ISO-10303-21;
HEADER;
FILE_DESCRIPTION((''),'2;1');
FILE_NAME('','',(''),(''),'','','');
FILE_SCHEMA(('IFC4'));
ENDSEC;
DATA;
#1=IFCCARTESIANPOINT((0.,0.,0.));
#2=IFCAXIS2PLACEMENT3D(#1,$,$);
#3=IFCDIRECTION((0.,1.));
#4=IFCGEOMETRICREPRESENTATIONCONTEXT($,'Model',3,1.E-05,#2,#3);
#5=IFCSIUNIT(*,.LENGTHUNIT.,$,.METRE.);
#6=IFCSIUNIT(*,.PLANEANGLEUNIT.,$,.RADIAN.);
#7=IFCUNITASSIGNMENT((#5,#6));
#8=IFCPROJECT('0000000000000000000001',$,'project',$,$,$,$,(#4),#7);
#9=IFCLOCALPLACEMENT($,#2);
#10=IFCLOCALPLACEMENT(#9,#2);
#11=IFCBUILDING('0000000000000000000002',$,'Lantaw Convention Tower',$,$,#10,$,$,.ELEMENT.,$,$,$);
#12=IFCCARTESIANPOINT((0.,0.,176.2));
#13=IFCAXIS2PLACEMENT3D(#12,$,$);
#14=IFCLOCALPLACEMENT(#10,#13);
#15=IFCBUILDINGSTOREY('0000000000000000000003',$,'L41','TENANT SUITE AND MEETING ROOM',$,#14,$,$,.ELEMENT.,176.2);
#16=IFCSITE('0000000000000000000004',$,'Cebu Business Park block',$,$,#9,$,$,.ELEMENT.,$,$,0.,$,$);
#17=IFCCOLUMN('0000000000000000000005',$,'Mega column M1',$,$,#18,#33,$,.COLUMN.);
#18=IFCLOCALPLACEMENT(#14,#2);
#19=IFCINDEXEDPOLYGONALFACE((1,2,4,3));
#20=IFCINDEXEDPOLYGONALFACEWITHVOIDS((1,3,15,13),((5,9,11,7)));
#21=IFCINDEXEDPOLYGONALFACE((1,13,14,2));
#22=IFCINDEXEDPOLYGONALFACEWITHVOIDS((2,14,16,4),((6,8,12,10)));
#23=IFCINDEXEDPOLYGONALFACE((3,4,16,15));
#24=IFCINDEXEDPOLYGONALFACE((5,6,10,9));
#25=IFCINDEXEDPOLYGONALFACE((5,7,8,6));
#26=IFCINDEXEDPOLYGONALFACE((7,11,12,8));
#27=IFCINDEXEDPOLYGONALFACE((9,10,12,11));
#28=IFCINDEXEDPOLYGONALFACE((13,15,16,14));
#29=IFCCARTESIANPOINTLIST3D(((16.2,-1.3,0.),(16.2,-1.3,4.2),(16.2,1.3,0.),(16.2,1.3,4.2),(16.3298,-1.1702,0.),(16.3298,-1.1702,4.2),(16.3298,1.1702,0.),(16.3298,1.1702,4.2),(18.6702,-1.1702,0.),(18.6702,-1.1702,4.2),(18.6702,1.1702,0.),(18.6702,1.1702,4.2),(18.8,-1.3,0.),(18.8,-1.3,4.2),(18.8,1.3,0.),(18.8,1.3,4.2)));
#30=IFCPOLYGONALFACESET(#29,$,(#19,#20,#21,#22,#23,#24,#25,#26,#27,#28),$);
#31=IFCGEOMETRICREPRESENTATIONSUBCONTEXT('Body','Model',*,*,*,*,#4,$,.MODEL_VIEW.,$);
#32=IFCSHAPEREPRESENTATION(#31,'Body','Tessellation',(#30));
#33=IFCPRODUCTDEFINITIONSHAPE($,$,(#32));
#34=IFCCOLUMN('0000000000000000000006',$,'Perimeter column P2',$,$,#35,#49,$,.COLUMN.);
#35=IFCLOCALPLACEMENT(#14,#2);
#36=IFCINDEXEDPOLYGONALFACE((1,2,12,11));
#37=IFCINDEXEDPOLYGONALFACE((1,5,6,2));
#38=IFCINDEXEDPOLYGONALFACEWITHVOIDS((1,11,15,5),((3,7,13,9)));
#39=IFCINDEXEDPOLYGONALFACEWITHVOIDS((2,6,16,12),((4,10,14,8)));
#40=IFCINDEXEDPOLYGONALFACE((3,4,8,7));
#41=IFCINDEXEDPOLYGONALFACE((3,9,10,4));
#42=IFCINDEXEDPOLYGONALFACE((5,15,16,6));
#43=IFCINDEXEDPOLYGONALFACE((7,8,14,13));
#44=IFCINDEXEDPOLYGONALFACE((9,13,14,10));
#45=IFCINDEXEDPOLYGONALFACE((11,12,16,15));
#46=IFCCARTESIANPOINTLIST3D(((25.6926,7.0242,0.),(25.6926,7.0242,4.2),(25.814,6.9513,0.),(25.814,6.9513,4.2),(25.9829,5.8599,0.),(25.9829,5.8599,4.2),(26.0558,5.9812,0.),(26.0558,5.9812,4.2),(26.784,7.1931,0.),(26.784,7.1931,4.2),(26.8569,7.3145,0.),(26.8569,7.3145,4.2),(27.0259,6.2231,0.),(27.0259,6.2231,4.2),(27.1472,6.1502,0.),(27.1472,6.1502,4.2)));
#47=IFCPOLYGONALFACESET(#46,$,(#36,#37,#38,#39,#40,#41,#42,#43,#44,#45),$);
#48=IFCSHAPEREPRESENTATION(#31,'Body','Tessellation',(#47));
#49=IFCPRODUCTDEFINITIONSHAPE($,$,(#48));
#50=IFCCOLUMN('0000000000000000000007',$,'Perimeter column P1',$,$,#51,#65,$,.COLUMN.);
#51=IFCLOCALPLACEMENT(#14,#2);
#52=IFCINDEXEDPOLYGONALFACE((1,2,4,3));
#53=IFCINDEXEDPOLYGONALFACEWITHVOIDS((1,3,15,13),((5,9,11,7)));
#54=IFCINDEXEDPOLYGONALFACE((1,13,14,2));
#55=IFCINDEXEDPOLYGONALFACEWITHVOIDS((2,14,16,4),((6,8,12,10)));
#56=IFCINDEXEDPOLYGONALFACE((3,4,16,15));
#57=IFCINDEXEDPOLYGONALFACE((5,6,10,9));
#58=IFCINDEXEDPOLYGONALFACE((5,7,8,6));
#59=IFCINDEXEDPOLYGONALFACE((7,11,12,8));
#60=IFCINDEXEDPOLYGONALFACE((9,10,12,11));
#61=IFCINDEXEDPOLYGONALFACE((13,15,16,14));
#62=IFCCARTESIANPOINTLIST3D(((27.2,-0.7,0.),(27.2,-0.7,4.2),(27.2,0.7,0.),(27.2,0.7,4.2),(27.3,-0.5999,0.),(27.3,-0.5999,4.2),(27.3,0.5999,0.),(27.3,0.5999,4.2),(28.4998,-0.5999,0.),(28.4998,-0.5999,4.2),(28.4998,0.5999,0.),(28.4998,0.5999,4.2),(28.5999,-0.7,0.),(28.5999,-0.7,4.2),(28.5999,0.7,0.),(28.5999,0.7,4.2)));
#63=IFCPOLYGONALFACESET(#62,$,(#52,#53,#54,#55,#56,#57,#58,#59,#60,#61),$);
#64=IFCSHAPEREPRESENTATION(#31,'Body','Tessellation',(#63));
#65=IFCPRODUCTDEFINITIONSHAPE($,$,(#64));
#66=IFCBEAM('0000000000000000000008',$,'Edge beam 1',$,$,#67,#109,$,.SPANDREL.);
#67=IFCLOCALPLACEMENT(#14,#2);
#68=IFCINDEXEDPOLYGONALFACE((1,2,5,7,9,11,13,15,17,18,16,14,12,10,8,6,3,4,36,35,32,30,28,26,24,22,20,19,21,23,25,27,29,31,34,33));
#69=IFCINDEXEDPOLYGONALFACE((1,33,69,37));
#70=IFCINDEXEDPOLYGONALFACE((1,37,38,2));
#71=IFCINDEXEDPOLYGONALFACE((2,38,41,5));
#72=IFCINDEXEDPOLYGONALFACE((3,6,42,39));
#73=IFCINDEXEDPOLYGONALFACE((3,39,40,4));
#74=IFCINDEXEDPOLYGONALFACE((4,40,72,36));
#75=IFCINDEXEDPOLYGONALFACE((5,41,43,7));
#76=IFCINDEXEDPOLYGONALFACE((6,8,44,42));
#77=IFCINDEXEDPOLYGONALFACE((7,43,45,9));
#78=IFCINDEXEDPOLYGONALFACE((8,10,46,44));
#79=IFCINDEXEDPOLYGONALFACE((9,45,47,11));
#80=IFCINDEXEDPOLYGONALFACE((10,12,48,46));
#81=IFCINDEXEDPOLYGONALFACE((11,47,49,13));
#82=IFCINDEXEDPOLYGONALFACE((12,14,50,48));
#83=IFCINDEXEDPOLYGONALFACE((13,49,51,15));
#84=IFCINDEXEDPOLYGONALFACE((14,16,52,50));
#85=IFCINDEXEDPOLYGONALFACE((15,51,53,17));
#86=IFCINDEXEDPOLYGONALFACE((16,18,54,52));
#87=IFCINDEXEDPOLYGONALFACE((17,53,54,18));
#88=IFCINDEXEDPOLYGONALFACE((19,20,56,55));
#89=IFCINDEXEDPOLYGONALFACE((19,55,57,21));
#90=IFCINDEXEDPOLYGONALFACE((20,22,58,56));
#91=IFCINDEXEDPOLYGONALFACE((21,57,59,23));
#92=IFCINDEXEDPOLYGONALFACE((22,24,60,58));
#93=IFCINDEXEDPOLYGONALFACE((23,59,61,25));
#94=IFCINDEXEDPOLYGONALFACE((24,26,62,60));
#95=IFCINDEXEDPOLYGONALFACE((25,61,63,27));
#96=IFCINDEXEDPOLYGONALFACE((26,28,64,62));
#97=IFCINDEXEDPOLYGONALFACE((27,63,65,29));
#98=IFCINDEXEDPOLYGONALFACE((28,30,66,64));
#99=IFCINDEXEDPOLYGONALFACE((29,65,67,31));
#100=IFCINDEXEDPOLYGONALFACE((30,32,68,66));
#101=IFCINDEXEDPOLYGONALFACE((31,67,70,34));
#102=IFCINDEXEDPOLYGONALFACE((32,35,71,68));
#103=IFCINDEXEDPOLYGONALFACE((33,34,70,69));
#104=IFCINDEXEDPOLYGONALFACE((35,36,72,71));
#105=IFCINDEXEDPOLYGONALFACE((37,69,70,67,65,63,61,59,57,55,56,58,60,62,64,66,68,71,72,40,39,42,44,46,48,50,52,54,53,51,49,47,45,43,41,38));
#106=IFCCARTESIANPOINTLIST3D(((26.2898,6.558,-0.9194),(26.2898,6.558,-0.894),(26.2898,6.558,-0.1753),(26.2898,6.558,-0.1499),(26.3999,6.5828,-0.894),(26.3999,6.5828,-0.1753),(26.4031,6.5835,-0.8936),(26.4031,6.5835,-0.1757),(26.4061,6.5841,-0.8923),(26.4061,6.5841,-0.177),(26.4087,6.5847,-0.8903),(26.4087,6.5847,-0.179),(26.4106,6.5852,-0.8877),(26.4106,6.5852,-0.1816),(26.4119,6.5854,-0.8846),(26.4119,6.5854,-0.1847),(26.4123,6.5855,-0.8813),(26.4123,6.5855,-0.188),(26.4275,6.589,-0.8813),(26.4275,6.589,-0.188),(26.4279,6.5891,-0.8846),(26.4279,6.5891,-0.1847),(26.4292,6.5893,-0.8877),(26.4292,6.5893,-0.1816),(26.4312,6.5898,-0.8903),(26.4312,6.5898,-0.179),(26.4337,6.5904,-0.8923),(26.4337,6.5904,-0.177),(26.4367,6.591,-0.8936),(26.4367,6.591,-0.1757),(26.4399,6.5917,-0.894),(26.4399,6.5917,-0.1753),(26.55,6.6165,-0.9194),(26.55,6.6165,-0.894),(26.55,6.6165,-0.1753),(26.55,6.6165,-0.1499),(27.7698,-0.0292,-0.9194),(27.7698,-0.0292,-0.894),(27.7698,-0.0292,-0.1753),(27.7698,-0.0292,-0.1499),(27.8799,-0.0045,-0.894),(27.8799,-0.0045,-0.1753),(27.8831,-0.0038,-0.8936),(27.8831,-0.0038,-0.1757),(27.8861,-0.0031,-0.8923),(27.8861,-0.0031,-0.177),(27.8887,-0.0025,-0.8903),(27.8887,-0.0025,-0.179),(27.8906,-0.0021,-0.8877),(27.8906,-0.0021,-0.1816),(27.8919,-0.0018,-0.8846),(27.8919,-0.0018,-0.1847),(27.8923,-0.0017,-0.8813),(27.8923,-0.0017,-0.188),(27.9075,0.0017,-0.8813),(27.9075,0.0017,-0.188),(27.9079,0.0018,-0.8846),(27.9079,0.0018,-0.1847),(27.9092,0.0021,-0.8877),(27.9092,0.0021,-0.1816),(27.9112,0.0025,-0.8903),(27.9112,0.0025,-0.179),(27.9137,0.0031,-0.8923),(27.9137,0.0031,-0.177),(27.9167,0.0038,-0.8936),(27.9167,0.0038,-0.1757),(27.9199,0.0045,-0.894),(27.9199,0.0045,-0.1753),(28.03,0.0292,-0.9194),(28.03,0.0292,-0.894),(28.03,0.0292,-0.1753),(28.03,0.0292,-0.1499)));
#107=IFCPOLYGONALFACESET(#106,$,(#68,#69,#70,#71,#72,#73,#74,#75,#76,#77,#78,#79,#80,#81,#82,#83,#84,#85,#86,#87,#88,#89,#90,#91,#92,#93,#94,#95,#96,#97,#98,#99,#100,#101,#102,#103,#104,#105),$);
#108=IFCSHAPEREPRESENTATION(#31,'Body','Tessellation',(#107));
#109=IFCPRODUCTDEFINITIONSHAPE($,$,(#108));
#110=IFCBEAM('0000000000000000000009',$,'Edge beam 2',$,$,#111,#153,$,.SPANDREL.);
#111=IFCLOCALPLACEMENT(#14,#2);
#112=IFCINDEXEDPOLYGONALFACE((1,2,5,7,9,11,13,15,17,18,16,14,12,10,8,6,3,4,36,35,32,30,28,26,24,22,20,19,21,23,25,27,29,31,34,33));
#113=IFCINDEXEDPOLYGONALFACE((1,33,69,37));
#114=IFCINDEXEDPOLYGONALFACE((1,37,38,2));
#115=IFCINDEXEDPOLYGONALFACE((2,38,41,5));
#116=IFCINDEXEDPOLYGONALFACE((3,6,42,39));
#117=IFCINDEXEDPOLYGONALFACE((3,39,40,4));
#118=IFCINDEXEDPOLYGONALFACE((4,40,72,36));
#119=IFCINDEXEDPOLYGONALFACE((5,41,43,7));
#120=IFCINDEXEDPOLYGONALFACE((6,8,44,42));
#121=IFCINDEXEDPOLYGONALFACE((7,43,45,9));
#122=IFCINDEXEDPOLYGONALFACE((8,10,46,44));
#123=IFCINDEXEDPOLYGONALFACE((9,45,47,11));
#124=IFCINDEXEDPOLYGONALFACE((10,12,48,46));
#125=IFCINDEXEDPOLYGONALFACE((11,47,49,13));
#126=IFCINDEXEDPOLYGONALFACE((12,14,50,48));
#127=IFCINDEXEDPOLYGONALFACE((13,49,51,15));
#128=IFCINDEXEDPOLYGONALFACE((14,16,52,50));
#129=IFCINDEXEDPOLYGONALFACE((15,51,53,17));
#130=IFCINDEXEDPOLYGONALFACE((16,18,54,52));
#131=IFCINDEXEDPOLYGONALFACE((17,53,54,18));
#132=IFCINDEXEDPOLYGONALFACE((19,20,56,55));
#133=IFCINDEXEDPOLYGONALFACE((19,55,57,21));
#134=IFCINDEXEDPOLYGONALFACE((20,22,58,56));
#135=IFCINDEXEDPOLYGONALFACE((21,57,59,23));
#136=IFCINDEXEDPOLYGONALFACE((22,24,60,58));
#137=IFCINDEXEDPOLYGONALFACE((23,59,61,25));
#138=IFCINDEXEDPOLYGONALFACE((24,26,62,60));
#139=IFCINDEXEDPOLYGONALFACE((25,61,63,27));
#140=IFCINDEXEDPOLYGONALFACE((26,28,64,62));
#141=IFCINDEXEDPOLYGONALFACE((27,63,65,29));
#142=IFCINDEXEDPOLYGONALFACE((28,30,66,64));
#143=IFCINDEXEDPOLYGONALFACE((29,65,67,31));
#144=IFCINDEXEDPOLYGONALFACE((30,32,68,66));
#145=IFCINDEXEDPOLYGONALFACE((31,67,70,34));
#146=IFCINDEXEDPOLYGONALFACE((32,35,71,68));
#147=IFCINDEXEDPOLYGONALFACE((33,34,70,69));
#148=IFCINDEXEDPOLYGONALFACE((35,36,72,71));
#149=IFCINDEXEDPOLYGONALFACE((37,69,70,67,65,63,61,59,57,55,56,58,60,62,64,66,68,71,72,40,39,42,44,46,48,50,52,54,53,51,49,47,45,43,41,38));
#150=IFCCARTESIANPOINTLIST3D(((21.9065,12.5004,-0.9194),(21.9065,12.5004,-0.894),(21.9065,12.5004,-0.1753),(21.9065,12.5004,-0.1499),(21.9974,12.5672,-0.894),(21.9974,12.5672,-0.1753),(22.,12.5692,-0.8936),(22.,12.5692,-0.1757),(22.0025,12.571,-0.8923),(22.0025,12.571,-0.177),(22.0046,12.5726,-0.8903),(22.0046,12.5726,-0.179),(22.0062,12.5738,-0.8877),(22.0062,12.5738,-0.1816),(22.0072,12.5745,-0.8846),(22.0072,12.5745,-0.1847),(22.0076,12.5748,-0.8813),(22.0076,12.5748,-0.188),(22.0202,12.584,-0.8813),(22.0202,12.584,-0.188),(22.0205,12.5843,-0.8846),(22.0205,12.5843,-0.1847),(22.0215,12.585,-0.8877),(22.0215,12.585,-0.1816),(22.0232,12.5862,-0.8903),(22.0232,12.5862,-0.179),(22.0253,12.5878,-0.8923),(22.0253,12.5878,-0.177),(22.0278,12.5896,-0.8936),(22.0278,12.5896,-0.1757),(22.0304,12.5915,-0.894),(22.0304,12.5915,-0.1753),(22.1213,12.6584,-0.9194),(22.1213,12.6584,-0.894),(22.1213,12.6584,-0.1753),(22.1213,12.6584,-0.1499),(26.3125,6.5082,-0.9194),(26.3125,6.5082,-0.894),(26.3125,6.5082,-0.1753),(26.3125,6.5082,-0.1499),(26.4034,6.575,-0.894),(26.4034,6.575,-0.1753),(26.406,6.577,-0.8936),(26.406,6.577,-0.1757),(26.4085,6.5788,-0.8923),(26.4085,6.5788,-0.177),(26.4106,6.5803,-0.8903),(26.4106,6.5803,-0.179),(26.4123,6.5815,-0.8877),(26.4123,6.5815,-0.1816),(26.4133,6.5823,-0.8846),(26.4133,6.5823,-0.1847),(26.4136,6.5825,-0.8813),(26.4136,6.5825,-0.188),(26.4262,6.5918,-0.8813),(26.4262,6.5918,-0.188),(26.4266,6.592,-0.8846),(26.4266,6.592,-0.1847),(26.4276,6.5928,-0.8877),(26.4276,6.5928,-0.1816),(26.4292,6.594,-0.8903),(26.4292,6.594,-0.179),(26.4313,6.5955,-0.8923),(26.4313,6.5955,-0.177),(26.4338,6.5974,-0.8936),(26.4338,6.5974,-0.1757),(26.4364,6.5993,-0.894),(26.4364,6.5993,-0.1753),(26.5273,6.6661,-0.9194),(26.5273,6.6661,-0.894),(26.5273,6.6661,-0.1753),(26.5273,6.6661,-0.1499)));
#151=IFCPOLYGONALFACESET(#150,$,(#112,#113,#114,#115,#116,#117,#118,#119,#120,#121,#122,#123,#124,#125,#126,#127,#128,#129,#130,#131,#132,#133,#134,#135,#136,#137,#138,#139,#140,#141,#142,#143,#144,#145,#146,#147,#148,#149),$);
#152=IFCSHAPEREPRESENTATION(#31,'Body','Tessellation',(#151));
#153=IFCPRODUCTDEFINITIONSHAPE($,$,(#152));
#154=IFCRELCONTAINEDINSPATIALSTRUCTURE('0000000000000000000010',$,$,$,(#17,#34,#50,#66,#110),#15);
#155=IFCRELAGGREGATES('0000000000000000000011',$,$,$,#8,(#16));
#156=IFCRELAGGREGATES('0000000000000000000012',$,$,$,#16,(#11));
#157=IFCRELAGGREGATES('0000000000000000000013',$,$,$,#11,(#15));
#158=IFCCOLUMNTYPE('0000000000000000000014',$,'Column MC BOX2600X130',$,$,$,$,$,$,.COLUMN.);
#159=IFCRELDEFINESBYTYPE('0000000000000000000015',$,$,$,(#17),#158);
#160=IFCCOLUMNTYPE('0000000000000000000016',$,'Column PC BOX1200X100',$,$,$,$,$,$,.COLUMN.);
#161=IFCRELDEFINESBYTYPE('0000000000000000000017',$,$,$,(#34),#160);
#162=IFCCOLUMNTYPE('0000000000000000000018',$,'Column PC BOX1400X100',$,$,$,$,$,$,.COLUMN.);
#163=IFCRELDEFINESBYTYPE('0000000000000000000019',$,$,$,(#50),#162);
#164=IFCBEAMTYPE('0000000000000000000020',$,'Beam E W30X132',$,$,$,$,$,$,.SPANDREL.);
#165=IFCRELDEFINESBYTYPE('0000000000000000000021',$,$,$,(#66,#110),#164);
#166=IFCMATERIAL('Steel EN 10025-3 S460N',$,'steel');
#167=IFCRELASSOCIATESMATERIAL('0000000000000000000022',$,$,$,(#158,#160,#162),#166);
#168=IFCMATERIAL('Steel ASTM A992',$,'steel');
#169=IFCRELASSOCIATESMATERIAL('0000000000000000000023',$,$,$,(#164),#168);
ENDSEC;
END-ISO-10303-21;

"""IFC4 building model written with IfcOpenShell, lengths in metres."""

from ifc_helpers import new_model, si_unit, direction, frame, origin, origin_2d, place, context, subcontext, project, spatial, rectangle, hollow_rectangle, i_section, extrude, material, material_profile, profile_set, type_object, element, save


model = new_model("IFC4")

# Units and contexts
model_context = context("Model", 3, precision=1e-05, world=origin(), true_north=direction((0.0, 1.0)))
body_context = subcontext(model_context, "Body", "Model", "MODEL_VIEW")
ifc_project = project(units=[si_unit("LENGTHUNIT", "METRE"), si_unit("PLANEANGLEUNIT", "RADIAN")], contexts=[model_context])

# Site, building, storey
site_placement = place(None, origin())
site = spatial("IfcSite", under=ifc_project, at=site_placement, Name="Cebu Business Park block", CompositionType="ELEMENT", RefElevation=0.0)
building_placement = place(site_placement, origin())
building = spatial("IfcBuilding", under=site, at=building_placement, Name="Lantaw Convention Tower", CompositionType="ELEMENT")
storey_placement = place(building_placement, frame((0.0, 0.0, 176.2)))
storey = spatial("IfcBuildingStorey", under=building, at=storey_placement, Name="L41", Description="TENANT SUITE AND MEETING ROOM", CompositionType="ELEMENT", Elevation=176.2)

# Columns
ifc_material_1 = material(Name="Steel EN 10025-3 S460N", Category="steel")
ifc_material_profile_1 = material_profile(ifc_material_1, hollow_rectangle(XDim=2.6001, YDim=2.6001, WallThickness=0.1299, at=origin_2d()), Name="BOX2600X130")
ifc_material_2 = material(Name="Concrete C60/75", Category="concrete")
ifc_material_profile_2 = material_profile(ifc_material_2, rectangle(XDim=2.3401, YDim=2.3401, at=origin_2d()), Name="Concrete fill of BOX2600X130")
ifc_profile_set_1 = profile_set([ifc_material_profile_1, ifc_material_profile_2], Name="Steel EN 10025-3 S460N")
column_type_1 = type_object("IfcColumnType", Name="Column MC BOX2600X130", PredefinedType="COLUMN", material=ifc_profile_set_1)
column_1_placement = place(storey_placement, frame((17.5, 0.0, 0.0), z_axis=(0.0, 0.0, 1.0), x_axis=(1.0, 0.0, 0.0)))
element("IfcColumn", 1, at=column_1_placement, inside=storey, type_object=column_type_1, Name="Mega column M1", PredefinedType="COLUMN", context=body_context, shape_type="SweptSolid", body=[
    extrude(hollow_rectangle(XDim=2.6001, YDim=2.6001, WallThickness=0.1299, at=origin_2d()), origin(), (0.0, 0.0, 1.0), 4.2),
])
ifc_material_profile_3 = material_profile(ifc_material_1, hollow_rectangle(XDim=1.2, YDim=1.2, WallThickness=0.1001, at=origin_2d()), Name="BOX1200X100")
ifc_material_profile_4 = material_profile(ifc_material_2, rectangle(XDim=1.0, YDim=1.0, at=origin_2d()), Name="Concrete fill of BOX1200X100")
ifc_profile_set_2 = profile_set([ifc_material_profile_3, ifc_material_profile_4], Name="Steel EN 10025-3 S460N")
column_type_2 = type_object("IfcColumnType", Name="Column PC BOX1200X100", PredefinedType="COLUMN", material=ifc_profile_set_2)
column_2_placement = place(storey_placement, frame((26.4199, 6.5872, 0.0), z_axis=(0.0, 0.0, 1.0), x_axis=(0.970296, 0.241922, 0.0)))
element("IfcColumn", 2, at=column_2_placement, inside=storey, type_object=column_type_2, Name="Perimeter column P2", PredefinedType="COLUMN", context=body_context, shape_type="SweptSolid", body=[
    extrude(hollow_rectangle(XDim=1.2, YDim=1.2, WallThickness=0.1001, at=origin_2d()), origin(), (0.0, 0.0, 1.0), 4.2),
])
ifc_material_profile_5 = material_profile(ifc_material_1, hollow_rectangle(XDim=1.3999, YDim=1.3999, WallThickness=0.1001, at=origin_2d()), Name="BOX1400X100")
ifc_material_profile_6 = material_profile(ifc_material_2, rectangle(XDim=1.2, YDim=1.2, at=origin_2d()), Name="Concrete fill of BOX1400X100")
ifc_profile_set_3 = profile_set([ifc_material_profile_5, ifc_material_profile_6], Name="Steel EN 10025-3 S460N")
column_type_3 = type_object("IfcColumnType", Name="Column PC BOX1400X100", PredefinedType="COLUMN", material=ifc_profile_set_3)
column_3_placement = place(storey_placement, frame((27.8999, 0.0, 0.0), z_axis=(0.0, 0.0, 1.0), x_axis=(1.0, 0.0, 0.0)))
element("IfcColumn", 3, at=column_3_placement, inside=storey, type_object=column_type_3, Name="Perimeter column P1", PredefinedType="COLUMN", context=body_context, shape_type="SweptSolid", body=[
    extrude(hollow_rectangle(XDim=1.3999, YDim=1.3999, WallThickness=0.1001, at=origin_2d()), origin(), (0.0, 0.0, 1.0), 4.2),
])

# Beams
ifc_material_3 = material(Name="Steel ASTM A992", Category="steel")
ifc_material_profile_7 = material_profile(ifc_material_3, i_section(OverallWidth=0.2666, OverallDepth=0.7695, WebThickness=0.0156, FlangeThickness=0.0254, FilletRadius=0.0127, at=origin_2d()), Name="W30X132")
ifc_profile_set_4 = profile_set([ifc_material_profile_7], Name="Steel ASTM A992")
beam_type_1 = type_object("IfcBeamType", Name="Beam E W30X132", PredefinedType="SPANDREL", material=ifc_profile_set_4)
beam_1_placement = place(storey_placement, frame((27.8999, 0.0, -0.5347), z_axis=(-0.219212, 0.975677, 0.0), x_axis=(-0.975677, -0.219212, 0.0)))
element("IfcBeam", 4, at=beam_1_placement, inside=storey, type_object=beam_type_1, Name="Edge beam 1", PredefinedType="SPANDREL", context=body_context, shape_type="SweptSolid", body=[
    extrude(i_section(OverallWidth=0.2666, OverallDepth=0.7695, WebThickness=0.0156, FlangeThickness=0.0254, FilletRadius=0.0127, at=origin_2d()), origin(), (0.0, 0.0, 1.0), 6.7515),
])
beam_2_placement = place(storey_placement, frame((26.4199, 6.5872, -0.5347), z_axis=(-0.592389, 0.805652, 0.0), x_axis=(-0.805652, -0.592389, 0.0)))
element("IfcBeam", 5, at=beam_2_placement, inside=storey, type_object=beam_type_1, Name="Edge beam 2", PredefinedType="SPANDREL", context=body_context, shape_type="SweptSolid", body=[
    extrude(i_section(OverallWidth=0.2666, OverallDepth=0.7695, WebThickness=0.0156, FlangeThickness=0.0254, FilletRadius=0.0127, at=origin_2d()), origin(), (0.0, 0.0, 1.0), 7.4377),
])

save(model, "model.ifc")
